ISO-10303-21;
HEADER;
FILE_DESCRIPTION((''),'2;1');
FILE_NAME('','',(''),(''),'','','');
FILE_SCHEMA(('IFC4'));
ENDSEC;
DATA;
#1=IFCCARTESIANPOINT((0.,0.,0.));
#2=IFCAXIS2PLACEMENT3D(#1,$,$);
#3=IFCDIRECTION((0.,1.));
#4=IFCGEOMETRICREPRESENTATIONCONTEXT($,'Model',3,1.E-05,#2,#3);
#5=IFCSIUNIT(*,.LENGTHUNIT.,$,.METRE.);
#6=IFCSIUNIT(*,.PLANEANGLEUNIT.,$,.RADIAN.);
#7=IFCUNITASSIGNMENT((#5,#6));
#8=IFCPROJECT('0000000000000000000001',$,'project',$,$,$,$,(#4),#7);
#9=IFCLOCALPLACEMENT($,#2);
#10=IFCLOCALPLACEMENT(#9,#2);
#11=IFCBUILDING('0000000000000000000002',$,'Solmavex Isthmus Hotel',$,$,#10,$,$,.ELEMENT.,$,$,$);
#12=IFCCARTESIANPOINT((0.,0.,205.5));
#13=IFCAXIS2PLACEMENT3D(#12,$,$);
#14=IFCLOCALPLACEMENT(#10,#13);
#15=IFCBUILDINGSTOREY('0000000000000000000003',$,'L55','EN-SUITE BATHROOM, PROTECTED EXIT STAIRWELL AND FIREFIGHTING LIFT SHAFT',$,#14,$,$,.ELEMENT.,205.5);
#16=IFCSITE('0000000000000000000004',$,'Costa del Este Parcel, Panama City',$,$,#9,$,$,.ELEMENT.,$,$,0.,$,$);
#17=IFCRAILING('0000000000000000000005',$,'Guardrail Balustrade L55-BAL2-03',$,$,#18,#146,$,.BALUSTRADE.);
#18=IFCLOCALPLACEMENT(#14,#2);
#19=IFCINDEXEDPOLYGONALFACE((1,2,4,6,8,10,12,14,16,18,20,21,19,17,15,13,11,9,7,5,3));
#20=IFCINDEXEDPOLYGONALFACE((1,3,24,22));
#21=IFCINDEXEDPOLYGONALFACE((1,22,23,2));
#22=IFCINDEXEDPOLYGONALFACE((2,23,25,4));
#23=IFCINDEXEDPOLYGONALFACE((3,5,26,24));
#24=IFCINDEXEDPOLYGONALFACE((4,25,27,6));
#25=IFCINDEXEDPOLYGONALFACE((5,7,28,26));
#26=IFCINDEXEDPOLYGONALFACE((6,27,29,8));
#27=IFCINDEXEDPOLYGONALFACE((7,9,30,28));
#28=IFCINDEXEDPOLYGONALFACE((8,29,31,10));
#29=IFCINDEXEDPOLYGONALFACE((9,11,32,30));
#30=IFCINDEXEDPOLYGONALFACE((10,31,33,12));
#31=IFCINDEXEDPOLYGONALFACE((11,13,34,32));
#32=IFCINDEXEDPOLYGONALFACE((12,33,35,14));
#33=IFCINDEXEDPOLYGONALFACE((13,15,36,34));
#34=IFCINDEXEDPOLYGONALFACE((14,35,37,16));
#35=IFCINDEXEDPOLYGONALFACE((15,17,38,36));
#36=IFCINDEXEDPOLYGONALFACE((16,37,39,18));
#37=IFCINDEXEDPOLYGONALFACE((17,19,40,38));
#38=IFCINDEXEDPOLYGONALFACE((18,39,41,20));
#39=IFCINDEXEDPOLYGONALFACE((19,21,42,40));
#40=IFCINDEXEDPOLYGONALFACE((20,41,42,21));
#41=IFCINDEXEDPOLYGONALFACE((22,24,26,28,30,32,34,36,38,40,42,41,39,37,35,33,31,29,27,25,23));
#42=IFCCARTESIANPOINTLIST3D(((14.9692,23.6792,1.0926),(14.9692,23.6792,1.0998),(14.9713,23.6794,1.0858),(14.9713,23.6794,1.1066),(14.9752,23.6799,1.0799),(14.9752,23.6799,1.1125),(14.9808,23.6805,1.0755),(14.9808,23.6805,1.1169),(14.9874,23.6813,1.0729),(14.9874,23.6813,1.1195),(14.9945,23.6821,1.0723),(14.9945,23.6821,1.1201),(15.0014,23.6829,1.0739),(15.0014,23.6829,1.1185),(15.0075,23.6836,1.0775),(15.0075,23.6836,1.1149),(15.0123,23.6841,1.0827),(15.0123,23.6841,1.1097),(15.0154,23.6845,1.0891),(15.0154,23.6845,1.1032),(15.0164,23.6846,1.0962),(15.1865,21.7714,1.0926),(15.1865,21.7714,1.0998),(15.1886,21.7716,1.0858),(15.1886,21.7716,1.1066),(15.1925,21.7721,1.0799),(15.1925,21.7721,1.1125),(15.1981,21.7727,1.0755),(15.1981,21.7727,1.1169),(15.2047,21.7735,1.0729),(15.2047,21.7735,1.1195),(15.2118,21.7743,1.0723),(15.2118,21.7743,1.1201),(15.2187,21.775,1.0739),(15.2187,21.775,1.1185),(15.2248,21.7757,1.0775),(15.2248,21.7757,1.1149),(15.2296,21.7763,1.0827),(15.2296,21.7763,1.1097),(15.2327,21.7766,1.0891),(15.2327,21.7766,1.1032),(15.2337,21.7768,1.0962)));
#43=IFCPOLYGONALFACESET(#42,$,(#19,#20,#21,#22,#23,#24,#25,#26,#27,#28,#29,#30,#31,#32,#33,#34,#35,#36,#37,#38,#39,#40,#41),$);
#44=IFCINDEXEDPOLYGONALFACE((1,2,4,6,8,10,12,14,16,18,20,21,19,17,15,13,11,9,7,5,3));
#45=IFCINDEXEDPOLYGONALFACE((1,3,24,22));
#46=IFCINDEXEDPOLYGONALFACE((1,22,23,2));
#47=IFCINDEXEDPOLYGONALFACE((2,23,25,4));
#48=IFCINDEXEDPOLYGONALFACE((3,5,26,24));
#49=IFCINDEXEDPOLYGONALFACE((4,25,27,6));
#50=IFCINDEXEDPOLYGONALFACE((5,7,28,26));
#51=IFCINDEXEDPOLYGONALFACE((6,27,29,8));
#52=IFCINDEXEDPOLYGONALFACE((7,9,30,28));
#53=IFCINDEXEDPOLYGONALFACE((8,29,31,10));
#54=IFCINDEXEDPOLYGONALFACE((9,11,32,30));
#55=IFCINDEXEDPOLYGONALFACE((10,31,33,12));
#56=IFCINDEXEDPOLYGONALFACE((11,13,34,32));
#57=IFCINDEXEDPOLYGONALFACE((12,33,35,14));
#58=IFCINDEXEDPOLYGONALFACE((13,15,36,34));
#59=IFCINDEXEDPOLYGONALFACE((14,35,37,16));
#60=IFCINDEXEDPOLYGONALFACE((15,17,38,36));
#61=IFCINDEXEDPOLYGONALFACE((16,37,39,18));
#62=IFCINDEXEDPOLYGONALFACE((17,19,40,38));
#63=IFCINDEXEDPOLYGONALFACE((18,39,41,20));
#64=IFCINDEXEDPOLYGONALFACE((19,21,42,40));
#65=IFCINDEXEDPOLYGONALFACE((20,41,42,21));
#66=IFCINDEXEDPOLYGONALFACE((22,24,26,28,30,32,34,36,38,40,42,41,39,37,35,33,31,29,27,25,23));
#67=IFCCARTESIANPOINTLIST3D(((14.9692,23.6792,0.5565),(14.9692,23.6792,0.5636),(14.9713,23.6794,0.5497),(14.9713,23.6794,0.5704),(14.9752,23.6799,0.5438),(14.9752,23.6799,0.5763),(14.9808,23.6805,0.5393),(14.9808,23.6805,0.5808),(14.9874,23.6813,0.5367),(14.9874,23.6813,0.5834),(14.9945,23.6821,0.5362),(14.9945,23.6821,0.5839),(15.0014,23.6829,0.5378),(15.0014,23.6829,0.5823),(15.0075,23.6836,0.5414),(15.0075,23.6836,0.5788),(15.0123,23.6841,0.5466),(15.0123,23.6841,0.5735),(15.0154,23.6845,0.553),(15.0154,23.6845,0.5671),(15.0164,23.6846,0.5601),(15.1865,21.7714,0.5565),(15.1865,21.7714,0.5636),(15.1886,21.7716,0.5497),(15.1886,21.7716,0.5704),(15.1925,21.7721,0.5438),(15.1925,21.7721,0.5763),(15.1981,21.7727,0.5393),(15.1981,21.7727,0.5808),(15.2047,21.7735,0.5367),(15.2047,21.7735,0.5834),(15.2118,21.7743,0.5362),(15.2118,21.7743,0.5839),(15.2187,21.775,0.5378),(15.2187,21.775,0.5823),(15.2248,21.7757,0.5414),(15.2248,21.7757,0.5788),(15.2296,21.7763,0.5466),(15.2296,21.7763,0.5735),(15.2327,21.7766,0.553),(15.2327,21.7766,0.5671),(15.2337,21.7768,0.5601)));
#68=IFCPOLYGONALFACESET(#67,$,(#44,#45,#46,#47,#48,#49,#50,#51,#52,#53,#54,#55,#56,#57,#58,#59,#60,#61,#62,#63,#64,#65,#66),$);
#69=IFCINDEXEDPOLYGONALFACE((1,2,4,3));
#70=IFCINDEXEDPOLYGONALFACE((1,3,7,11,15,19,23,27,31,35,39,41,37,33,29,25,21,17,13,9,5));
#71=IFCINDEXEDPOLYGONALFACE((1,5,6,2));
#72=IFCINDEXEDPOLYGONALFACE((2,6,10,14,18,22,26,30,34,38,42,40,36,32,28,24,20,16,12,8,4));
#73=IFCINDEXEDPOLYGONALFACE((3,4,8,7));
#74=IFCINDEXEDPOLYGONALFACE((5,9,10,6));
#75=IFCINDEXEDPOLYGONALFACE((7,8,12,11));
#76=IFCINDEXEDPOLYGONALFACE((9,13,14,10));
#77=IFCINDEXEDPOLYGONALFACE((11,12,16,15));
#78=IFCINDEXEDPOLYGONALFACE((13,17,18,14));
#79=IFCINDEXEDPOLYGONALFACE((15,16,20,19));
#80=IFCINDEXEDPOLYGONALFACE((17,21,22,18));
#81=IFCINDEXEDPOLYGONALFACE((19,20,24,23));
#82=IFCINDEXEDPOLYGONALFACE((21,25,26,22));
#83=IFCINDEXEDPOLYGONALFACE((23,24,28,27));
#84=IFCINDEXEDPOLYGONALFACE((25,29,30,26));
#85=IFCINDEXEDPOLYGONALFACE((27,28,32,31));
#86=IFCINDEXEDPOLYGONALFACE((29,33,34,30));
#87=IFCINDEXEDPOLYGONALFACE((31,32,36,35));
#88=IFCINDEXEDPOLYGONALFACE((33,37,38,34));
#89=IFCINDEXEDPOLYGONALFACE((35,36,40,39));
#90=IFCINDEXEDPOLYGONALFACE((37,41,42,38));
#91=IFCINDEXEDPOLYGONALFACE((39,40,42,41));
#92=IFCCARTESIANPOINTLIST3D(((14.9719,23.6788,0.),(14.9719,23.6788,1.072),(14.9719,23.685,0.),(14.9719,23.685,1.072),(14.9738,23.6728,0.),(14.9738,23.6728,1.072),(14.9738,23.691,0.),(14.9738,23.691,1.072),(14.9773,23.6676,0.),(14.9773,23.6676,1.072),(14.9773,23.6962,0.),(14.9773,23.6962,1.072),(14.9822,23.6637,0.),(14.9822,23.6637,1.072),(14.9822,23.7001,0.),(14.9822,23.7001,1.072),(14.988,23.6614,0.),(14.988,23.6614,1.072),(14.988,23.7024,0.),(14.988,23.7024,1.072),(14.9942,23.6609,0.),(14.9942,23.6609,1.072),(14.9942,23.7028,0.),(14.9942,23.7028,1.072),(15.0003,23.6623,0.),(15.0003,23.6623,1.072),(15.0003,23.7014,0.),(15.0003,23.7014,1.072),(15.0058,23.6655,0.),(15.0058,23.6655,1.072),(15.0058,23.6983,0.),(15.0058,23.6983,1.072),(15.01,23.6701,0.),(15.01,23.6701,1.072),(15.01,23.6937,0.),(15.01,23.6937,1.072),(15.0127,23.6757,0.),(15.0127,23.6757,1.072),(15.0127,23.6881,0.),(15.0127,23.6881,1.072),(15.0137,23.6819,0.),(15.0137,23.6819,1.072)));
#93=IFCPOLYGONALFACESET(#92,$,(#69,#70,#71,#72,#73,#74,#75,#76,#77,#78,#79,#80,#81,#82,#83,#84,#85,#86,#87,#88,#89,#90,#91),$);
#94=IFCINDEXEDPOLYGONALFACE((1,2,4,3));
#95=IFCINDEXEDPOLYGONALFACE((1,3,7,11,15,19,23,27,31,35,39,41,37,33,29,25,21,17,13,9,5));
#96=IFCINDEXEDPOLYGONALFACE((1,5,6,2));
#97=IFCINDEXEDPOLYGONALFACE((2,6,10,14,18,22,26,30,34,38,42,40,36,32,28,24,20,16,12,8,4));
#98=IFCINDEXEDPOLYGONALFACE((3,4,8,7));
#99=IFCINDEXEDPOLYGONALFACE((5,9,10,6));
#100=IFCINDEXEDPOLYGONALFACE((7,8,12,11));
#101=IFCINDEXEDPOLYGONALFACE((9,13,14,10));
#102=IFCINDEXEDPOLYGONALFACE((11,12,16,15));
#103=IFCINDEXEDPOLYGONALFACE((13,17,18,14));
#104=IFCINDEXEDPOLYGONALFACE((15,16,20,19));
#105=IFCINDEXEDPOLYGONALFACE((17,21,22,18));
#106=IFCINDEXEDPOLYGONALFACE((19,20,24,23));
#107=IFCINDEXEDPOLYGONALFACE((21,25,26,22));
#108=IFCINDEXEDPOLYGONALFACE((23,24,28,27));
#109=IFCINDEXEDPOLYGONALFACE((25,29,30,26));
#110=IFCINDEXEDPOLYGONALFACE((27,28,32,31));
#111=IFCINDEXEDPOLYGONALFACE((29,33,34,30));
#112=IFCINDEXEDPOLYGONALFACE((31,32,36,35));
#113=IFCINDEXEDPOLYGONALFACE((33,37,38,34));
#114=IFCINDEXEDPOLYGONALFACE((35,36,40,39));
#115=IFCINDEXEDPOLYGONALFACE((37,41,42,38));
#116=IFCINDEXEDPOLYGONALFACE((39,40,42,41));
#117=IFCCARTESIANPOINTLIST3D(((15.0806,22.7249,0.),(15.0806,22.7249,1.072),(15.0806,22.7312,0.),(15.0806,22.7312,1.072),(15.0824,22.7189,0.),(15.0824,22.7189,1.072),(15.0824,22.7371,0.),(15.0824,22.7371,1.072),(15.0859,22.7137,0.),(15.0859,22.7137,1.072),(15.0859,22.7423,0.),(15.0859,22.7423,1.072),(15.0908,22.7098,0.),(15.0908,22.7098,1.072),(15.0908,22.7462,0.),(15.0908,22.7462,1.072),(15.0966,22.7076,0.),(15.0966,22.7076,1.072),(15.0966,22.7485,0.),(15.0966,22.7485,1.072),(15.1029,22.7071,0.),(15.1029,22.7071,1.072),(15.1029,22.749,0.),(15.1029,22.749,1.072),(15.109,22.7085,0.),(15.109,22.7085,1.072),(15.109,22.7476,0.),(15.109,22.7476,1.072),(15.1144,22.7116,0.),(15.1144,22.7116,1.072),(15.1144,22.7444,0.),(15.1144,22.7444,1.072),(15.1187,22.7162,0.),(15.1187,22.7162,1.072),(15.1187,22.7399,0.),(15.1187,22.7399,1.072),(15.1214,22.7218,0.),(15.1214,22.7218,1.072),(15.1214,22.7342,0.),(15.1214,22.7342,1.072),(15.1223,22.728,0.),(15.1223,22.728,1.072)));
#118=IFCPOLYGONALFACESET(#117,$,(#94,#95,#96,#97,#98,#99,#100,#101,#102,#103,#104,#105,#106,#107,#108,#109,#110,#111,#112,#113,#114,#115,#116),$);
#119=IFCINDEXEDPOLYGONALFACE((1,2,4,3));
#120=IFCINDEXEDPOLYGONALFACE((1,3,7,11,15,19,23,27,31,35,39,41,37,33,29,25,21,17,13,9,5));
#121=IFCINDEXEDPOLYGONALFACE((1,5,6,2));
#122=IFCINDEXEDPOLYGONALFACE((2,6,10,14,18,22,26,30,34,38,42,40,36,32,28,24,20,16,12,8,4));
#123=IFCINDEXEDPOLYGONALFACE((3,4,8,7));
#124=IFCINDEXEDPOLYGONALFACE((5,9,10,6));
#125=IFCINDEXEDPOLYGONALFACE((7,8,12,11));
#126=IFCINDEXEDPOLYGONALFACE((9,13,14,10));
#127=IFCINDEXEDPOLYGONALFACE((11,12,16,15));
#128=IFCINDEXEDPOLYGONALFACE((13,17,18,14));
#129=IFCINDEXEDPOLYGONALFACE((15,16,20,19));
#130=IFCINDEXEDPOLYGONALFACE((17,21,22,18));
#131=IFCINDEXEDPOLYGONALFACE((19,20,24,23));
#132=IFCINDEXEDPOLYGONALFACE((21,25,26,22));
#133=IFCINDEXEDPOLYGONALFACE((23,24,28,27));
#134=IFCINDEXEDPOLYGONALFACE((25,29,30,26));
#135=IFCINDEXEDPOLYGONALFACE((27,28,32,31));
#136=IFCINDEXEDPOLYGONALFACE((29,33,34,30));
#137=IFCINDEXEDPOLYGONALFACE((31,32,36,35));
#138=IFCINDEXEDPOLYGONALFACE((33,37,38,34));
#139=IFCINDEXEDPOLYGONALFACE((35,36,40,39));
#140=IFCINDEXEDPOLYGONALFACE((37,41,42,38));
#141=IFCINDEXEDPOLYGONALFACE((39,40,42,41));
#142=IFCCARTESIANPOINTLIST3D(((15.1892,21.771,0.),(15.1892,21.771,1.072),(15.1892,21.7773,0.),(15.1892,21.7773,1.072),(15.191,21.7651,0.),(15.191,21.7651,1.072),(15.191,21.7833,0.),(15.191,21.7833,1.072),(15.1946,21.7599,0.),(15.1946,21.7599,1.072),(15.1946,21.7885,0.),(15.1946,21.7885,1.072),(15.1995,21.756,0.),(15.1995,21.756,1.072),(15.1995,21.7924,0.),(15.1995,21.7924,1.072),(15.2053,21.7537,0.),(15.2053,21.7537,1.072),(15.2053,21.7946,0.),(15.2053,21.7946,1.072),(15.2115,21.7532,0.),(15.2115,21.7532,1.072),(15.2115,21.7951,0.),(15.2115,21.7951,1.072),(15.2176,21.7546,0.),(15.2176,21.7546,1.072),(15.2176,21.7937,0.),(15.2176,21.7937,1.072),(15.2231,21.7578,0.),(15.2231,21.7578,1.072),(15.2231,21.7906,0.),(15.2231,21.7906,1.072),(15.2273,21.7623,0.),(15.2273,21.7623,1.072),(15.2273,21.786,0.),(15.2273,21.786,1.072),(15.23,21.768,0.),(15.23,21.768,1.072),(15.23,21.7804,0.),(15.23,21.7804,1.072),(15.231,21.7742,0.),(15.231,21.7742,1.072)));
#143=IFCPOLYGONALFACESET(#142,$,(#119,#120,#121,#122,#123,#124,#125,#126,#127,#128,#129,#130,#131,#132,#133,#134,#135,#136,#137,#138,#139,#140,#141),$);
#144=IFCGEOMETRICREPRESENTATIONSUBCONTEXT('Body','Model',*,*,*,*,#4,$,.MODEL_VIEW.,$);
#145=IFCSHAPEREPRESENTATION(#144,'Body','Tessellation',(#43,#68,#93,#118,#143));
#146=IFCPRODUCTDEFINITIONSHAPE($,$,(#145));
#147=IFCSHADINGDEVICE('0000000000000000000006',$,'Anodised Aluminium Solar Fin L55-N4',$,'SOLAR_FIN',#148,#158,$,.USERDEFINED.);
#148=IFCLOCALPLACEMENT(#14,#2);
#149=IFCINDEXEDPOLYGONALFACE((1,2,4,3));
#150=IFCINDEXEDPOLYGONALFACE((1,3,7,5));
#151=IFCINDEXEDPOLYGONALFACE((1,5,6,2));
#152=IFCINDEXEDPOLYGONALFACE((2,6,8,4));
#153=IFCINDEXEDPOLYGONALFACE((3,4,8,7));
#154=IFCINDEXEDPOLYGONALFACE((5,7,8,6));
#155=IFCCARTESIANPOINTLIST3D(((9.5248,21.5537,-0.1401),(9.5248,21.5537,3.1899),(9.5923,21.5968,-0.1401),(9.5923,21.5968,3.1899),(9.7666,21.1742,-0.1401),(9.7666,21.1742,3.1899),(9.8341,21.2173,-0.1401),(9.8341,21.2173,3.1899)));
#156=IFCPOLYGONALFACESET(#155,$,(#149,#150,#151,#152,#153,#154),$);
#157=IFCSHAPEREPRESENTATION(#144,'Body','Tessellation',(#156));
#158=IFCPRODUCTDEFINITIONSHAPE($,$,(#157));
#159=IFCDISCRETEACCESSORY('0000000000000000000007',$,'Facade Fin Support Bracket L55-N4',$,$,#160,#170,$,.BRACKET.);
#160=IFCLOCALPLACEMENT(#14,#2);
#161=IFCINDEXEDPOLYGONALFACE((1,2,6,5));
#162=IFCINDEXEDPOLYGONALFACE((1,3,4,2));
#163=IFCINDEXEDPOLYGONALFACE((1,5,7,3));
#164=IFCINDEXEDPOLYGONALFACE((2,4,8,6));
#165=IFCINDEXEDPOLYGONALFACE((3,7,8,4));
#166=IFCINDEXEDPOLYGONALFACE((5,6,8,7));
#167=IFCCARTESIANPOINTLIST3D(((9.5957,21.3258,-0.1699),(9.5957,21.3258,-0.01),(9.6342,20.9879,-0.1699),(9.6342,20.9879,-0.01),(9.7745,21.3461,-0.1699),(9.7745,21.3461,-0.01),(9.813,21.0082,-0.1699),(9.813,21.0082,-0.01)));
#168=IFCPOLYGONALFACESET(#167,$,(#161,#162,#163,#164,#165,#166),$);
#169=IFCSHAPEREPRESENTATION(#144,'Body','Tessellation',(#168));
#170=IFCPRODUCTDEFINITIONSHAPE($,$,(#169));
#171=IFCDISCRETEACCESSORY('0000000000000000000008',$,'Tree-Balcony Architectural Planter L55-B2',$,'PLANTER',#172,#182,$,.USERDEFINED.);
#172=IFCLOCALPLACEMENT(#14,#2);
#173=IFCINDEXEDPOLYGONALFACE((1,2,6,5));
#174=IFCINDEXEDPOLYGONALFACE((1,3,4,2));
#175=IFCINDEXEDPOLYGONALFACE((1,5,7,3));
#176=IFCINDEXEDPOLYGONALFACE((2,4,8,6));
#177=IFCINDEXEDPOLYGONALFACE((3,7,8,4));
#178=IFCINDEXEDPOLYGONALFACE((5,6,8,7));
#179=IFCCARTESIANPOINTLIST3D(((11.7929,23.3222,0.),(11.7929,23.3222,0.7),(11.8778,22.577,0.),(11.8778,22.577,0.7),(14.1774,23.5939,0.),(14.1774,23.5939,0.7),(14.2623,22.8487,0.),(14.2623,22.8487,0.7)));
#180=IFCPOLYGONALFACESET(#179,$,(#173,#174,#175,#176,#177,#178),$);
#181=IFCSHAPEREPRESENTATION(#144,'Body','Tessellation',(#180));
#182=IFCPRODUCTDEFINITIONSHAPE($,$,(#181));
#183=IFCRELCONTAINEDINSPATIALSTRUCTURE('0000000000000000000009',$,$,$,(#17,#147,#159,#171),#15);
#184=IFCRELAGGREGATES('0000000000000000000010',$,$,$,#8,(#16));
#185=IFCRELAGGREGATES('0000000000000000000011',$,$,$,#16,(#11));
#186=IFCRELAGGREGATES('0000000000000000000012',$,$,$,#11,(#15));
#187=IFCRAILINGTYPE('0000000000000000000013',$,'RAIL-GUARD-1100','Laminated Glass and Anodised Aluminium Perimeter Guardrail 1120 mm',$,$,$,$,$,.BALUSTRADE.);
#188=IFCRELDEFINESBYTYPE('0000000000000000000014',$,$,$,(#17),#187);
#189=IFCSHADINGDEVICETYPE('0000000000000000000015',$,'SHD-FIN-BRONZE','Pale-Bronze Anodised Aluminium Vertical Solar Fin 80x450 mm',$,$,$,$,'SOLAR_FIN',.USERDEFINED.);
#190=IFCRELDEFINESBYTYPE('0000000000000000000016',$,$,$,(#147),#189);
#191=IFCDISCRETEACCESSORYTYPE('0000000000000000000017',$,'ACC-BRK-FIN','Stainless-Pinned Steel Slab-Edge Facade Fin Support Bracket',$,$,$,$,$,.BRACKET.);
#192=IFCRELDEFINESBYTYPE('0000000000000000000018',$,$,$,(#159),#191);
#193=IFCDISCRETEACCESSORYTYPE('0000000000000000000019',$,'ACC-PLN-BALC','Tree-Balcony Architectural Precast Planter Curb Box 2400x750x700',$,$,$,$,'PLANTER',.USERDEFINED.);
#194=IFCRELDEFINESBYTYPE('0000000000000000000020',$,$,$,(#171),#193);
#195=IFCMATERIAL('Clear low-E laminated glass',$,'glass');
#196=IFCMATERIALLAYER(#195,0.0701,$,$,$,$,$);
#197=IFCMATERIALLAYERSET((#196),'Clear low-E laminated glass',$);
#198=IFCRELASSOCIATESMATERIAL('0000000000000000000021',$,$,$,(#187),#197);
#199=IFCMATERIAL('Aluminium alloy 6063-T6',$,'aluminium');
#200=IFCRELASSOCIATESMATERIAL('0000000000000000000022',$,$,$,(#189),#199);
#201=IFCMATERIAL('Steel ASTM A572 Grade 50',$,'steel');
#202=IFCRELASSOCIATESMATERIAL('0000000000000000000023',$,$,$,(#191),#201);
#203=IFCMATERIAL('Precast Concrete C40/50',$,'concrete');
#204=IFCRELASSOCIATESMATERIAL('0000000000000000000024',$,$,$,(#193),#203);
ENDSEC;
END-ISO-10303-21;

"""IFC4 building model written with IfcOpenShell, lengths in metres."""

from ifc_helpers import new_model, si_unit, direction, frame, origin, origin_2d, place, context, subcontext, project, spatial, rectangle, circle, extrude, material, layer, layer_set, type_object, element, save


model = new_model("IFC4")

# Units and contexts
model_context = context("Model", 3, precision=1e-05, world=origin(), true_north=direction((0.0, 1.0)))
body_context = subcontext(model_context, "Body", "Model", "MODEL_VIEW")
ifc_project = project(units=[si_unit("LENGTHUNIT", "METRE"), si_unit("PLANEANGLEUNIT", "RADIAN")], contexts=[model_context])

# Site, building, storey
site_placement = place(None, origin())
site = spatial("IfcSite", under=ifc_project, at=site_placement, Name="Costa del Este Parcel, Panama City", CompositionType="ELEMENT", RefElevation=0.0)
building_placement = place(site_placement, origin())
building = spatial("IfcBuilding", under=site, at=building_placement, Name="Solmavex Isthmus Hotel", CompositionType="ELEMENT")
storey_placement = place(building_placement, frame((0.0, 0.0, 205.5)))
storey = spatial("IfcBuildingStorey", under=building, at=storey_placement, Name="L55", Description="EN-SUITE BATHROOM, PROTECTED EXIT STAIRWELL AND FIREFIGHTING LIFT SHAFT", CompositionType="ELEMENT", Elevation=205.5)

# Shared definitions
ifc_material_1 = material(Name="Aluminium alloy 6063-T6", Category="aluminium")

# Shared definitions
ifc_material_2 = material(Name="Clear low-E laminated glass", Category="glass")

# Shared definitions
ifc_material_3 = material(Name="Precast Concrete C40/50", Category="concrete")

# Railing
ifc_layer_1 = layer(ifc_material_2, 0.0701)
ifc_layer_set_1 = layer_set([ifc_layer_1], Name="Clear low-E laminated glass")
railing_type = type_object("IfcRailingType", Name="RAIL-GUARD-1100", Description="Laminated Glass and Anodised Aluminium Perimeter Guardrail 1120 mm", PredefinedType="BALUSTRADE", material=ifc_layer_set_1)
railing_1_placement = place(storey_placement, frame((14.9927, 23.6819, 0.0)))
element("IfcRailing", 1, at=railing_1_placement, inside=storey, type_object=railing_type, Name="Guardrail Balustrade L55-BAL2-03", PredefinedType="BALUSTRADE", context=body_context, shape_type="SweptSolid", body=[
    extrude(circle(Radius=0.0239, at=origin_2d()), frame((0.0, 0.0, 1.0962), z_axis=(0.113166, -0.993576, 0.0), x_axis=(0.993576, 0.113166, 0.0)), (0.0, 0.0, 1.0), 1.9202),
    extrude(circle(Radius=0.0239, at=origin_2d()), frame((0.0, 0.0, 0.5601), z_axis=(0.113166, -0.993576, 0.0), x_axis=(0.993576, 0.113166, 0.0)), (0.0, 0.0, 1.0), 1.9202),
    extrude(circle(Radius=0.021, at=origin_2d()), origin(), (0.0, 0.0, 1.0), 1.072),
    extrude(circle(Radius=0.021, at=origin_2d()), frame((0.1086, -0.9539, 0.0)), (0.0, 0.0, 1.0), 1.072),
    extrude(circle(Radius=0.021, at=origin_2d()), frame((0.2173, -1.9077, 0.0)), (0.0, 0.0, 1.0), 1.072),
])

# Shading device
shading_device_type = type_object("IfcShadingDeviceType", Name="SHD-FIN-BRONZE", Description="Pale-Bronze Anodised Aluminium Vertical Solar Fin 80x450 mm", ElementType="SOLAR_FIN", PredefinedType="USERDEFINED", material=ifc_material_1)
shading_device_placement = place(storey_placement, frame((9.6794, 21.3855, -0.1401), z_axis=(0.0, 0.0, 1.0), x_axis=(-0.5373, 0.843391, 0.0)))
element("IfcShadingDevice", 2, at=shading_device_placement, inside=storey, type_object=shading_device_type, Name="Anodised Aluminium Solar Fin L55-N4", ObjectType="SOLAR_FIN", PredefinedType="USERDEFINED", context=body_context, shape_type="SweptSolid", body=[
    extrude(rectangle(XDim=0.45, YDim=0.0801, at=origin_2d()), origin(), (0.0, 0.0, 1.0), 3.3301),
])

# Discrete accessories
ifc_material_4 = material(Name="Steel ASTM A572 Grade 50", Category="steel")
discrete_accessory_type_1 = type_object("IfcDiscreteAccessoryType", Name="ACC-BRK-FIN", Description="Stainless-Pinned Steel Slab-Edge Facade Fin Support Bracket", PredefinedType="BRACKET", material=ifc_material_4)
discrete_accessory_1_placement = place(storey_placement, frame((9.7043, 21.167, -0.1699), z_axis=(0.0, 0.0, 1.0), x_axis=(-0.113203, 0.993572, 0.0)))
element("IfcDiscreteAccessory", 3, at=discrete_accessory_1_placement, inside=storey, type_object=discrete_accessory_type_1, Name="Facade Fin Support Bracket L55-N4", PredefinedType="BRACKET", context=body_context, shape_type="SweptSolid", body=[
    extrude(rectangle(XDim=0.3401, YDim=0.1799, at=origin_2d()), origin(), (0.0, 0.0, 1.0), 0.1599),
])
discrete_accessory_type_2 = type_object("IfcDiscreteAccessoryType", Name="ACC-PLN-BALC", Description="Tree-Balcony Architectural Precast Planter Curb Box 2400x750x700", ElementType="PLANTER", PredefinedType="USERDEFINED", material=ifc_material_3)
discrete_accessory_2_placement = place(storey_placement, frame((13.0276, 23.0854, 0.0), z_axis=(0.0, 0.0, 1.0), x_axis=(0.993572, 0.113203, 0.0)))
element("IfcDiscreteAccessory", 4, at=discrete_accessory_2_placement, inside=storey, type_object=discrete_accessory_type_2, Name="Tree-Balcony Architectural Planter L55-B2", ObjectType="PLANTER", PredefinedType="USERDEFINED", context=body_context, shape_type="SweptSolid", body=[
    extrude(rectangle(XDim=2.3999, YDim=0.75, at=origin_2d()), origin(), (0.0, 0.0, 1.0), 0.7),
])

save(model, "model.ifc")
